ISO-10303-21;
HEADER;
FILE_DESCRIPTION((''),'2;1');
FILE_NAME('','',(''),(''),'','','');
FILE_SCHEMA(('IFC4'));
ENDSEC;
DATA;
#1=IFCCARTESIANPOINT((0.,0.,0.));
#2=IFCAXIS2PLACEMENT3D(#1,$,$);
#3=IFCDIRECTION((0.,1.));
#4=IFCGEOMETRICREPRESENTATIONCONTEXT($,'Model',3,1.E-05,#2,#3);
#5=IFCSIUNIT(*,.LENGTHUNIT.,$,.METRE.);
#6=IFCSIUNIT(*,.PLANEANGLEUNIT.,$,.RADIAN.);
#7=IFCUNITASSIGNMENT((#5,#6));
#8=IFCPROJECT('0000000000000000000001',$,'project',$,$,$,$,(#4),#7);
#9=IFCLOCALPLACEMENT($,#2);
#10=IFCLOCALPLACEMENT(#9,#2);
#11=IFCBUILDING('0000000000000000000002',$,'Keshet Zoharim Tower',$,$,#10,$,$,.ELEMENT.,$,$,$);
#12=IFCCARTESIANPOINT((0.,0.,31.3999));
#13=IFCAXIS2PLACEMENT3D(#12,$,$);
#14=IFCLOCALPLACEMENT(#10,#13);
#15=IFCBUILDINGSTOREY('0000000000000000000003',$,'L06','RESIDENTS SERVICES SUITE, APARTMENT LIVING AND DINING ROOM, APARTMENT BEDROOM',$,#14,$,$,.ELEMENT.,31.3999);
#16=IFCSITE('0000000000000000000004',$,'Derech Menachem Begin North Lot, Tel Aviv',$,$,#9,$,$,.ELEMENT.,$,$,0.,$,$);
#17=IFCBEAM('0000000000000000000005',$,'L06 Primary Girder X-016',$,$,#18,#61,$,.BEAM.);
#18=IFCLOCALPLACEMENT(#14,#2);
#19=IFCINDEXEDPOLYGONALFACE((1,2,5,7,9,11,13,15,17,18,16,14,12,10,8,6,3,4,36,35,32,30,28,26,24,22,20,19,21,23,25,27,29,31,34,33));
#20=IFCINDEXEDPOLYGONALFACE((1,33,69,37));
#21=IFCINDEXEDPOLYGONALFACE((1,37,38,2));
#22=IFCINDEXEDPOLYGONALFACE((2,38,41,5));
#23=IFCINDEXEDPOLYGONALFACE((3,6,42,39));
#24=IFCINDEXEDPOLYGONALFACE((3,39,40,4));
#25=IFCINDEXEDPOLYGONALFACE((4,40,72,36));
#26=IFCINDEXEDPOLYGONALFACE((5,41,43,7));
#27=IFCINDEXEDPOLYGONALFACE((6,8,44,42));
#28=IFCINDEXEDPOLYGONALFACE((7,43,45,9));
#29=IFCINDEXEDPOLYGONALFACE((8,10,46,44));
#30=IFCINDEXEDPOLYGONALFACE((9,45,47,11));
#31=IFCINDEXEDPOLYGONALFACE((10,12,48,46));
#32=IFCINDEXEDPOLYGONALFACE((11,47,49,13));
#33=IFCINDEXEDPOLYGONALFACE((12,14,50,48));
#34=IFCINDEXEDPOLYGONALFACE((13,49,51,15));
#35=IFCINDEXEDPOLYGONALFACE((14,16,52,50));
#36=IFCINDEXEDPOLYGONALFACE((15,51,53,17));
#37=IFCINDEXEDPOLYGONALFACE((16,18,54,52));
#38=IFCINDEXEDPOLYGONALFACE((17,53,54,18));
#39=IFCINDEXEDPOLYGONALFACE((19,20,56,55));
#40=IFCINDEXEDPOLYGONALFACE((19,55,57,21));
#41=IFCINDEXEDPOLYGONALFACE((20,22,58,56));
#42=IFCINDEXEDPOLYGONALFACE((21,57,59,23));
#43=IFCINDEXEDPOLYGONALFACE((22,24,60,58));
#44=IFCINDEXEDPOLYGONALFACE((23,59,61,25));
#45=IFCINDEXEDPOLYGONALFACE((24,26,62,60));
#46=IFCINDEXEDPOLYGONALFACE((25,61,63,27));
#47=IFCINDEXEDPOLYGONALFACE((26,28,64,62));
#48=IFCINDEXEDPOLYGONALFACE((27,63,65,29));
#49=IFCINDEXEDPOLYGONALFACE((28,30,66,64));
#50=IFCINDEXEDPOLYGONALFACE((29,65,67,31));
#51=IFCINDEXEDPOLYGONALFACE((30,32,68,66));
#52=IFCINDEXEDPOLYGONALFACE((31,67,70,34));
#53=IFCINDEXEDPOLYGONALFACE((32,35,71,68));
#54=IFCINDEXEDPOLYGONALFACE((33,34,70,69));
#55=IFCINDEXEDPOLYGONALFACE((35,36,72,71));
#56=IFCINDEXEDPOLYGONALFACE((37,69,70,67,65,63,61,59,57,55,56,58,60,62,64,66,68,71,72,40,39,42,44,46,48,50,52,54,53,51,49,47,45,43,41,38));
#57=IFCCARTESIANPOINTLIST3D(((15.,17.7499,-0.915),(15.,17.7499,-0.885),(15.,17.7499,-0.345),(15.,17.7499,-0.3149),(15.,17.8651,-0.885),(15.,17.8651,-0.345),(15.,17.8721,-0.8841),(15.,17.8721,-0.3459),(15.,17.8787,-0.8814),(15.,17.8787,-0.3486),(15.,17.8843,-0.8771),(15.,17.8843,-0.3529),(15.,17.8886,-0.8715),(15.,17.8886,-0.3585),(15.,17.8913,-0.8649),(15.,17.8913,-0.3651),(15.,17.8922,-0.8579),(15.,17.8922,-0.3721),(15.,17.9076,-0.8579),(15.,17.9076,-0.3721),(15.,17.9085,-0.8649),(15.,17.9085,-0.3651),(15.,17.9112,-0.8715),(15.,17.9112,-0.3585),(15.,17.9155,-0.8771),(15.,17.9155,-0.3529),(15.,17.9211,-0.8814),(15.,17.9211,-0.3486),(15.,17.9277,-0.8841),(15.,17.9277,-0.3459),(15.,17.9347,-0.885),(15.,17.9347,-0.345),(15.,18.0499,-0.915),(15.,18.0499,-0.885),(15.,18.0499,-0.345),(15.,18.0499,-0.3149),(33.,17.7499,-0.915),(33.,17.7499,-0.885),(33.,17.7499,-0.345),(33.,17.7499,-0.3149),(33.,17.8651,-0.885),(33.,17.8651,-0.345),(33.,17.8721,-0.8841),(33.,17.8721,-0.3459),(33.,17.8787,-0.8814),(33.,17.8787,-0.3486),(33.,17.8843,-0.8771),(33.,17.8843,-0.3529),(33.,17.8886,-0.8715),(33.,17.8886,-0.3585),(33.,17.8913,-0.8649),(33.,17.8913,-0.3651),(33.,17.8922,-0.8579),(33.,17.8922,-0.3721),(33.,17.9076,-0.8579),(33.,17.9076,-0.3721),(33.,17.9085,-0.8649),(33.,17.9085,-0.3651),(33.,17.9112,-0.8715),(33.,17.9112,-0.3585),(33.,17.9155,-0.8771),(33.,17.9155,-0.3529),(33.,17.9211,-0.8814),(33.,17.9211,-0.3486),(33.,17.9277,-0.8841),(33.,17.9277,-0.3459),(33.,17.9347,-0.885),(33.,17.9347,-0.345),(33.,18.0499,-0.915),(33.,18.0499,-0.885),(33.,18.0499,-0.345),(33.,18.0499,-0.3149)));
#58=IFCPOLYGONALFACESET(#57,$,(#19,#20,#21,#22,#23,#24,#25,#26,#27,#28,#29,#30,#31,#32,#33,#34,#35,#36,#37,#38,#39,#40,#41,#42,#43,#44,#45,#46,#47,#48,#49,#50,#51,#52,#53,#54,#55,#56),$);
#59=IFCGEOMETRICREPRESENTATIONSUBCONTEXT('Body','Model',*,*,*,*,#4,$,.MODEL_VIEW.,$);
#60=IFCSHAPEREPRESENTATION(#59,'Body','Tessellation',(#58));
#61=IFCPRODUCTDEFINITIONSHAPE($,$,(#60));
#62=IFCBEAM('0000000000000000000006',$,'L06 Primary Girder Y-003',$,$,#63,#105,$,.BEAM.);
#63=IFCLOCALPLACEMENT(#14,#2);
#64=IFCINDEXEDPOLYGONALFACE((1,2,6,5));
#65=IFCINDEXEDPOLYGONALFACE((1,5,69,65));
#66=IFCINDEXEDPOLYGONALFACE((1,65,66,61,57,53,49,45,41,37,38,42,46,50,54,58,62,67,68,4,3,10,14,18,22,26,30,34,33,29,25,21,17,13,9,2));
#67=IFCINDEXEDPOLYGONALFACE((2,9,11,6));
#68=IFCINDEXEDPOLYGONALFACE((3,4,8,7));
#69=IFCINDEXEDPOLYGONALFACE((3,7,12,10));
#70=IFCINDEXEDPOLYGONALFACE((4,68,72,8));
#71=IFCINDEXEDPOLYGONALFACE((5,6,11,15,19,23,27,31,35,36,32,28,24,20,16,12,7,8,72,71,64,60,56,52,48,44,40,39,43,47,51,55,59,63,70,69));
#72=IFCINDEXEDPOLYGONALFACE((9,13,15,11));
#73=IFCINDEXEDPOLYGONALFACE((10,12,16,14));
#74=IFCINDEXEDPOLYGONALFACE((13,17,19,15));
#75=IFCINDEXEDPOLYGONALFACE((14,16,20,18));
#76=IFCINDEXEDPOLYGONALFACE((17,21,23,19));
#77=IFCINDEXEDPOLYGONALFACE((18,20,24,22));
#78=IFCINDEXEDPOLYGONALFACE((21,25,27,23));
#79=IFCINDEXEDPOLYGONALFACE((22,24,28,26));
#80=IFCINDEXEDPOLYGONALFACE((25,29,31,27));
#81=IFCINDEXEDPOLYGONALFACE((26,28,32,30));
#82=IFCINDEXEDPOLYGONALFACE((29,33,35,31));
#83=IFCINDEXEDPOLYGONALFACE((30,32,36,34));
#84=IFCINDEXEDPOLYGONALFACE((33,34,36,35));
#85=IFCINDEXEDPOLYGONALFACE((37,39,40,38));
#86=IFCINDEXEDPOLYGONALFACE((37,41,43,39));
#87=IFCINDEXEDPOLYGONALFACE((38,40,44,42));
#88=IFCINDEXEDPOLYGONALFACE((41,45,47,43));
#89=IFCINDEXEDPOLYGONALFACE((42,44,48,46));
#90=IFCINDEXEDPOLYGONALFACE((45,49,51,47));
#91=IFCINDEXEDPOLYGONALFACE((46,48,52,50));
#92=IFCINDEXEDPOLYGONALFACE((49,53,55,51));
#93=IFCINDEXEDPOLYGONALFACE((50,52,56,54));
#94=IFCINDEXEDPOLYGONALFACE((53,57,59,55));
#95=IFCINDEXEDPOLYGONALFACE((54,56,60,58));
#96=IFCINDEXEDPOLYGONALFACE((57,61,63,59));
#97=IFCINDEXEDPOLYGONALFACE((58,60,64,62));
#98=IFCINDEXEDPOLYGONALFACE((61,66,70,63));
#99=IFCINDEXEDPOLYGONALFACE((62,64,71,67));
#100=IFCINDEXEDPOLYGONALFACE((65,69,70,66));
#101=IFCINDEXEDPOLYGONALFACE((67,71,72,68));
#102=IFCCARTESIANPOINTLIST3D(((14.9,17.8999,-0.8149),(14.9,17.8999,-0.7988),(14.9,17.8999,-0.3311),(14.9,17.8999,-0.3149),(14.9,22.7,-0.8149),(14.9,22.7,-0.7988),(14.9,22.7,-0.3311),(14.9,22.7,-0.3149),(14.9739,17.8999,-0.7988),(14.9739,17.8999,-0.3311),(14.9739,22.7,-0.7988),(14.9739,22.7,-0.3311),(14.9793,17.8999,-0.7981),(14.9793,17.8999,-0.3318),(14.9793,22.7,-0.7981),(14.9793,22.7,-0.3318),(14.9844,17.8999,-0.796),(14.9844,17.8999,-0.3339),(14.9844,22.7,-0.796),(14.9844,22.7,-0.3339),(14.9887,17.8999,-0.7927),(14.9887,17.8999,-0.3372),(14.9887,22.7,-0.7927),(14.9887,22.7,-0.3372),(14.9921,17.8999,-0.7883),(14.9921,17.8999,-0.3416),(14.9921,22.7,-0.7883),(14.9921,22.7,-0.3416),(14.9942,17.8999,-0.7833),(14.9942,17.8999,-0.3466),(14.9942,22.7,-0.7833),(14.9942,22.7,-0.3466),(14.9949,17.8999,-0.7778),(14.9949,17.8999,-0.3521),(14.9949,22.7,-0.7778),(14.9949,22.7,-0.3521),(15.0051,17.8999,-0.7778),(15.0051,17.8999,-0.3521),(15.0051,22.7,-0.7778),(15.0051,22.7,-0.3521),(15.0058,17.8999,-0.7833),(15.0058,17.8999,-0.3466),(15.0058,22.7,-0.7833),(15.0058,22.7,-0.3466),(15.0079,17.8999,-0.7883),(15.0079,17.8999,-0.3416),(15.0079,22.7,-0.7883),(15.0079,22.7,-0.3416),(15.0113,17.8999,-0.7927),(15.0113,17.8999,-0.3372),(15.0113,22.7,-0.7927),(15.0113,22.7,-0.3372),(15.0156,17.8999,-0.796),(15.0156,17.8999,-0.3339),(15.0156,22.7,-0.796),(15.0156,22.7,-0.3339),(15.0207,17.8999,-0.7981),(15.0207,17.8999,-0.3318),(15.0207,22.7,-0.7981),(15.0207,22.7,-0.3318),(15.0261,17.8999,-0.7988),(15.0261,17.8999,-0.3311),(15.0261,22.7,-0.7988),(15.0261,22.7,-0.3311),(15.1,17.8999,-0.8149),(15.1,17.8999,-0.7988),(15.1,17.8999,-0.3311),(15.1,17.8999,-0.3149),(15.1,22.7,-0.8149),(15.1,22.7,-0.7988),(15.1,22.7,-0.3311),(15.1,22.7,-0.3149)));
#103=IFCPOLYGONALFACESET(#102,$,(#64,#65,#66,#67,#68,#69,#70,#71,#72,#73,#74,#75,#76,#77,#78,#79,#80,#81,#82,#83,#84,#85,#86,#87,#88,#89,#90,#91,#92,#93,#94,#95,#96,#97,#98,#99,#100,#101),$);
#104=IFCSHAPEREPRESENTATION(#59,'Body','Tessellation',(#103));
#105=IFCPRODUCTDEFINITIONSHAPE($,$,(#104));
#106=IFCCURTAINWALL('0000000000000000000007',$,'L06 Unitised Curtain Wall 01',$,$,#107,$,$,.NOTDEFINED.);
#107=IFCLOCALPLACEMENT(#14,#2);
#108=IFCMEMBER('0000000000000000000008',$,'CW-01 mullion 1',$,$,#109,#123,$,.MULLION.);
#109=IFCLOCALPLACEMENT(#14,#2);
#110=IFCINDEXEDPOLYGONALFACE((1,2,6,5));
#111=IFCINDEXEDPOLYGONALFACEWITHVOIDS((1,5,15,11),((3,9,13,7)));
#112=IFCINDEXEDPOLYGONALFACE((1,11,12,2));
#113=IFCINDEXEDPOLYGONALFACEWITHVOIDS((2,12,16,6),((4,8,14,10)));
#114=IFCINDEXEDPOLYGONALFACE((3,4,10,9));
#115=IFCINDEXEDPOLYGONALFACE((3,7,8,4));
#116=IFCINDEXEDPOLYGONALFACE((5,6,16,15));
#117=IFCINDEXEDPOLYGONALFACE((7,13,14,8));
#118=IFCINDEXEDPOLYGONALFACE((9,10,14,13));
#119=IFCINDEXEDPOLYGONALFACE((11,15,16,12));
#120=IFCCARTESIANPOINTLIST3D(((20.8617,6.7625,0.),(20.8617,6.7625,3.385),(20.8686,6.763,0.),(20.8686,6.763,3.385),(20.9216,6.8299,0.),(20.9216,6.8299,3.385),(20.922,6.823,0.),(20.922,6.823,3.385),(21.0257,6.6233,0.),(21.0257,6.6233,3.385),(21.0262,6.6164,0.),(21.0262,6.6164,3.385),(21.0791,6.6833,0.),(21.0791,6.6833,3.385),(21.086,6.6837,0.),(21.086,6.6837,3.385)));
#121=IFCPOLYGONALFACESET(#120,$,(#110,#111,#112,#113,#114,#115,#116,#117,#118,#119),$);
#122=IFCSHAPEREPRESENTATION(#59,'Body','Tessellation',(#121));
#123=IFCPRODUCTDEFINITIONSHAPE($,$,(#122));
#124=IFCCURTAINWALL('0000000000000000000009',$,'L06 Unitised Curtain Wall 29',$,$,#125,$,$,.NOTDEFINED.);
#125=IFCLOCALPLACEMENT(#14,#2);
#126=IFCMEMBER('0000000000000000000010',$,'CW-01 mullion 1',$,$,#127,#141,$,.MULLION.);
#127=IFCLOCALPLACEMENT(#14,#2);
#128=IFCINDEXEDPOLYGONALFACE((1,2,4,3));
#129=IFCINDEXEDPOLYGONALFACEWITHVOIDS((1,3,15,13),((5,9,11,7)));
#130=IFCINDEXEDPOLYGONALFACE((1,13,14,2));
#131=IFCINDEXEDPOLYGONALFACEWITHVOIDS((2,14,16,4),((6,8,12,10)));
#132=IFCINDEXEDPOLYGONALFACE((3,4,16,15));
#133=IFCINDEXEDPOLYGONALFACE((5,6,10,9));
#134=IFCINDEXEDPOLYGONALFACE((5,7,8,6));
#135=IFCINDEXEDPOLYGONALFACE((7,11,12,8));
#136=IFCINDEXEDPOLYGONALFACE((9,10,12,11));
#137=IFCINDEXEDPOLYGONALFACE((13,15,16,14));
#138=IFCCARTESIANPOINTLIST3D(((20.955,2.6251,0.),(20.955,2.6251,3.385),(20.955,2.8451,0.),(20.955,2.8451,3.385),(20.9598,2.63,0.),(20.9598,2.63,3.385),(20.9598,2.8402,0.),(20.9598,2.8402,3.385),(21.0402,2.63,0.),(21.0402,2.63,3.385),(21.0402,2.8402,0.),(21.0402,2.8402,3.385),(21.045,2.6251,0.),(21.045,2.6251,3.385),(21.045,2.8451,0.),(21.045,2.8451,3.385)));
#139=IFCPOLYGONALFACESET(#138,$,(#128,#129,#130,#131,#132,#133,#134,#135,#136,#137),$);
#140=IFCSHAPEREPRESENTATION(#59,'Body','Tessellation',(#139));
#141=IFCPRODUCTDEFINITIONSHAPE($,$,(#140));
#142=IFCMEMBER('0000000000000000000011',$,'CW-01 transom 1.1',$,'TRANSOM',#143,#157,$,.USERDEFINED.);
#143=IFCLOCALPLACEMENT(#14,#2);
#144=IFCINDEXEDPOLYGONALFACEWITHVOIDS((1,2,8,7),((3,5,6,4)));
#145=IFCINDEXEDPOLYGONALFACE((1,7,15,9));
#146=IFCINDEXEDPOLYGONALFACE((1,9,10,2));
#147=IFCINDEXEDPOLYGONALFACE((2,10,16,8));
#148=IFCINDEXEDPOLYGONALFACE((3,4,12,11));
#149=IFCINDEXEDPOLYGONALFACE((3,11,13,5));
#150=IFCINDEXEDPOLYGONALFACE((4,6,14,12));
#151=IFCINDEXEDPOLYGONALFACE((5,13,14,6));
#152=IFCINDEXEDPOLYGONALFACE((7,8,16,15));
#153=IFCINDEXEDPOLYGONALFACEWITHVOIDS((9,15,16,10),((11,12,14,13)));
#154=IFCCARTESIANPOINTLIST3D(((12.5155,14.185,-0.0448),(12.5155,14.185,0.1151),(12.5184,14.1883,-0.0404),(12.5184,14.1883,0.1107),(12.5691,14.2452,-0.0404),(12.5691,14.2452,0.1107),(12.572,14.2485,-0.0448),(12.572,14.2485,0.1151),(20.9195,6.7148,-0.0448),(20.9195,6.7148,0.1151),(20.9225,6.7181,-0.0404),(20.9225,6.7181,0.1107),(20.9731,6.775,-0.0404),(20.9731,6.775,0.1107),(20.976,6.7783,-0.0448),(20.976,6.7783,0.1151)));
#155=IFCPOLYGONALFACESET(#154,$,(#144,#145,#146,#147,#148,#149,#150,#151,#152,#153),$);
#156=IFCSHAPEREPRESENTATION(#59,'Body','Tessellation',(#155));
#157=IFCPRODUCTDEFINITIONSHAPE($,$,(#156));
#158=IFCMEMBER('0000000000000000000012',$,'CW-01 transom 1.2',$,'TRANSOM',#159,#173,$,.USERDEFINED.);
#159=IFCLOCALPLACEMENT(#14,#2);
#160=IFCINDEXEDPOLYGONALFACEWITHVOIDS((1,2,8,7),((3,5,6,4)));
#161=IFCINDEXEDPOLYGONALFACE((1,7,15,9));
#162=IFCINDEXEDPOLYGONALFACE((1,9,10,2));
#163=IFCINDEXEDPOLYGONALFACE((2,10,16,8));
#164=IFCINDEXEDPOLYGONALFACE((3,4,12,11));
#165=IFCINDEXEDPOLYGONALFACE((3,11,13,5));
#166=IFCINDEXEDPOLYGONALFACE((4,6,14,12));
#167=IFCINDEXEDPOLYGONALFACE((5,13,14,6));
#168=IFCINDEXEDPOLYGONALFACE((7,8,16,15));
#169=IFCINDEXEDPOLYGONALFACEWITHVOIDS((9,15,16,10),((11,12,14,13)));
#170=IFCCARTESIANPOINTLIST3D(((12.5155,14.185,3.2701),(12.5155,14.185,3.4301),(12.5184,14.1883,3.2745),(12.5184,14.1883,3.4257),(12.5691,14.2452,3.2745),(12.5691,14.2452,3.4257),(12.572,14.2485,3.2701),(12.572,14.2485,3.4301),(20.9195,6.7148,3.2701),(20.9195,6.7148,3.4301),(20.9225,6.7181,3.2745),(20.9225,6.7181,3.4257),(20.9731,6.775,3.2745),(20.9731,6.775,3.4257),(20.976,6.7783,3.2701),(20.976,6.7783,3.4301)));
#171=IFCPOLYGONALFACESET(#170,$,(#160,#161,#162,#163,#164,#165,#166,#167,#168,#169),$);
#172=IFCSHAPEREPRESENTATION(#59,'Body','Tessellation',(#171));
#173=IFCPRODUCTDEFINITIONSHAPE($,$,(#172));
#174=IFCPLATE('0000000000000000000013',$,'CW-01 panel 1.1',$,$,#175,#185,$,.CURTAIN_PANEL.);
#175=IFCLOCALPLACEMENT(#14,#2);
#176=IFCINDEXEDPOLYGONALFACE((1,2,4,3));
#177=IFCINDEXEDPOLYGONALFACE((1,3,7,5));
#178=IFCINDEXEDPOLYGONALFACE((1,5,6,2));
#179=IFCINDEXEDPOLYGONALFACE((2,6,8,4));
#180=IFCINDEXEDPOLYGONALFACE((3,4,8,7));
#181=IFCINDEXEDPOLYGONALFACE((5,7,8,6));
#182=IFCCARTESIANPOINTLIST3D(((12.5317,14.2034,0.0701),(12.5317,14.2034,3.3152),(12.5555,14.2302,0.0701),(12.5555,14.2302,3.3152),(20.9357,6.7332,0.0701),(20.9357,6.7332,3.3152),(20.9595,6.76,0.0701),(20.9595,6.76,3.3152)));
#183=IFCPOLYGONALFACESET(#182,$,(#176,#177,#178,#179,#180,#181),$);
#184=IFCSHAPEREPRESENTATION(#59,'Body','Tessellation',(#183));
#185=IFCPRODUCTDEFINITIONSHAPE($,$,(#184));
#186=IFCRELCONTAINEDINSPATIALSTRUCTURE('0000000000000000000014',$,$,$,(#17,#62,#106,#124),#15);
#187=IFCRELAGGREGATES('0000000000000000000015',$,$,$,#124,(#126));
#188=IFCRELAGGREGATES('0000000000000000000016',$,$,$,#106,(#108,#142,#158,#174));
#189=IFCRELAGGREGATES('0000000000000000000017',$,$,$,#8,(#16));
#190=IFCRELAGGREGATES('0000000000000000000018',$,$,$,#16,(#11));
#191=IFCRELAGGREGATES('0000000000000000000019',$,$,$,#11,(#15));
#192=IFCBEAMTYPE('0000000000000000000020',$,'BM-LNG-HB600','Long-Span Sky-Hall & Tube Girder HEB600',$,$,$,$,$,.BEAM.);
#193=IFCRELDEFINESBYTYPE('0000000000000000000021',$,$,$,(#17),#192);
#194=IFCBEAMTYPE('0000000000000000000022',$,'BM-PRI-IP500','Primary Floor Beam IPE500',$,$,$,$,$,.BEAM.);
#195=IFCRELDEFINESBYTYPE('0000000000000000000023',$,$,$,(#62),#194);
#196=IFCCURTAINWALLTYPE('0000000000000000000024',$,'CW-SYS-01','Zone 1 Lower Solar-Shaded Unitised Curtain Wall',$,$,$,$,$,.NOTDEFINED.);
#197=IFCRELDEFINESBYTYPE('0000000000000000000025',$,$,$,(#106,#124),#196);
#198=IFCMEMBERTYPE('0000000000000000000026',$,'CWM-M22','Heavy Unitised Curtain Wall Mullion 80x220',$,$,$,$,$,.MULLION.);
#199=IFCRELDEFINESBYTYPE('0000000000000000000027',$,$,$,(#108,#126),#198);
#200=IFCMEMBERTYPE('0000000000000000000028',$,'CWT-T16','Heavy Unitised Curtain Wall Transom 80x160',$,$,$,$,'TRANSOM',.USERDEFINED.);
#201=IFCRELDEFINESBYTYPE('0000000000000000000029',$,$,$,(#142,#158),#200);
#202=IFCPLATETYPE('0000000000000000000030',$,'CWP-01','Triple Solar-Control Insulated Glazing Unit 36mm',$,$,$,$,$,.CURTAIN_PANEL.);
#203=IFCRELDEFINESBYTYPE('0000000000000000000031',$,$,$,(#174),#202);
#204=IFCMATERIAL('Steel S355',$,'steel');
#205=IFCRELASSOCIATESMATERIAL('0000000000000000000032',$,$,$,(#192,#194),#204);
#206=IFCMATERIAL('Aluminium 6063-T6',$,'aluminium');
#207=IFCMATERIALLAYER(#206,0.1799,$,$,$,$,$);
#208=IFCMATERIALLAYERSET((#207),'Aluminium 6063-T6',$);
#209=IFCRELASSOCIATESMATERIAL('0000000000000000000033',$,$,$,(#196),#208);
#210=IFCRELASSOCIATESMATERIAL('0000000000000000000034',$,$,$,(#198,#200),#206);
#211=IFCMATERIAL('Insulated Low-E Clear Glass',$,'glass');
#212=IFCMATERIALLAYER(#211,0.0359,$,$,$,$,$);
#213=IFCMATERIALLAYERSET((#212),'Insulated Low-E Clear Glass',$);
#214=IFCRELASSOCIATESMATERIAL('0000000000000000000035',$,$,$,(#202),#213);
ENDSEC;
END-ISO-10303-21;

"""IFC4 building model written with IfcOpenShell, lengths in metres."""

from ifc_helpers import new_model, si_unit, direction, frame, origin, origin_2d, place, context, subcontext, project, spatial, rectangle, hollow_rectangle, i_section, extrude, material, layer, layer_set, material_profile, profile_set, type_object, element, aggregate, save


model = new_model("IFC4")

# Units and contexts
model_context = context("Model", 3, precision=1e-05, world=origin(), true_north=direction((0.0, 1.0)))
body_context = subcontext(model_context, "Body", "Model", "MODEL_VIEW")
ifc_project = project(units=[si_unit("LENGTHUNIT", "METRE"), si_unit("PLANEANGLEUNIT", "RADIAN")], contexts=[model_context])

# Site, building, storey
site_placement = place(None, origin())
site = spatial("IfcSite", under=ifc_project, at=site_placement, Name="Derech Menachem Begin North Lot, Tel Aviv", CompositionType="ELEMENT", RefElevation=0.0)
building_placement = place(site_placement, origin())
building = spatial("IfcBuilding", under=site, at=building_placement, Name="Keshet Zoharim Tower", CompositionType="ELEMENT")
storey_placement = place(building_placement, frame((0.0, 0.0, 31.3999)))
storey = spatial("IfcBuildingStorey", under=building, at=storey_placement, Name="L06", Description="RESIDENTS SERVICES SUITE, APARTMENT LIVING AND DINING ROOM, APARTMENT BEDROOM", CompositionType="ELEMENT", Elevation=31.3999)

# Beams
ifc_material_1 = material(Name="Steel S355", Category="steel")
ifc_material_profile_1 = material_profile(ifc_material_1, i_section(OverallWidth=0.3, OverallDepth=0.6001, WebThickness=0.0154, FlangeThickness=0.03, FilletRadius=0.0271, at=origin_2d()), Name="HEB600")
ifc_profile_set_1 = profile_set([ifc_material_profile_1], Name="Steel S355")
beam_type_1 = type_object("IfcBeamType", Name="BM-LNG-HB600", Description="Long-Span Sky-Hall & Tube Girder HEB600", PredefinedType="BEAM", material=ifc_profile_set_1)
beam_1_placement = place(storey_placement, frame((15.0, 17.8999, -0.615), z_axis=(1.0, 0.0, 0.0), x_axis=(0.0, 1.0, 0.0)))
element("IfcBeam", 1, at=beam_1_placement, inside=storey, type_object=beam_type_1, Name="L06 Primary Girder X-016", PredefinedType="BEAM", context=body_context, shape_type="SweptSolid", body=[
    extrude(i_section(OverallWidth=0.3, OverallDepth=0.6001, WebThickness=0.0154, FlangeThickness=0.03, FilletRadius=0.0271, at=origin_2d()), origin(), (0.0, 0.0, 1.0), 18.0),
])
ifc_material_profile_2 = material_profile(ifc_material_1, i_section(OverallWidth=0.2, OverallDepth=0.5, WebThickness=0.0103, FlangeThickness=0.0161, FilletRadius=0.021, at=origin_2d()), Name="IPE500")
ifc_profile_set_2 = profile_set([ifc_material_profile_2], Name="Steel S355")
beam_type_2 = type_object("IfcBeamType", Name="BM-PRI-IP500", Description="Primary Floor Beam IPE500", PredefinedType="BEAM", material=ifc_profile_set_2)
beam_2_placement = place(storey_placement, frame((15.0, 17.8999, -0.5649), z_axis=(0.0, 1.0, 0.0), x_axis=(-1.0, 0.0, 0.0)))
element("IfcBeam", 2, at=beam_2_placement, inside=storey, type_object=beam_type_2, Name="L06 Primary Girder Y-003", PredefinedType="BEAM", context=body_context, shape_type="SweptSolid", body=[
    extrude(i_section(OverallWidth=0.2, OverallDepth=0.5, WebThickness=0.0103, FlangeThickness=0.0161, FilletRadius=0.021, at=origin_2d()), origin(), (0.0, 0.0, 1.0), 4.8),
])

# Curtain walls, members
ifc_material_2 = material(Name="Aluminium 6063-T6", Category="aluminium")
ifc_layer_1 = layer(ifc_material_2, 0.1799)
ifc_layer_set_1 = layer_set([ifc_layer_1], Name="Aluminium 6063-T6")
curtain_wall_type = type_object("IfcCurtainWallType", Name="CW-SYS-01", Description="Zone 1 Lower Solar-Shaded Unitised Curtain Wall", PredefinedType="NOTDEFINED", material=ifc_layer_set_1)
curtain_wall_1_placement = place(storey_placement, origin())
curtain_wall_1 = element("IfcCurtainWall", 3, at=curtain_wall_1_placement, inside=storey, type_object=curtain_wall_type, Name="L06 Unitised Curtain Wall 01", PredefinedType="NOTDEFINED")
ifc_material_profile_3 = material_profile(ifc_material_2, hollow_rectangle(XDim=0.0901, YDim=0.22, WallThickness=0.0049, at=origin_2d()), Name="MUL-90x220")
ifc_profile_set_3 = profile_set([ifc_material_profile_3], Name="Aluminium 6063-T6")
member_type_1 = type_object("IfcMemberType", Name="CWM-M22", Description="Heavy Unitised Curtain Wall Mullion 80x220", PredefinedType="MULLION", material=ifc_profile_set_3)
member_1_placement = place(storey_placement, frame((20.9739, 6.7231, 0.0), z_axis=(0.0, 0.0, 1.0), x_axis=(-0.664364, -0.747409, 0.0)))
member_1 = element("IfcMember", 4, at=member_1_placement, type_object=member_type_1, Name="CW-01 mullion 1", PredefinedType="MULLION", context=body_context, shape_type="SweptSolid", body=[
    extrude(hollow_rectangle(XDim=0.0901, YDim=0.22, WallThickness=0.0049, at=origin_2d()), origin(), (0.0, 0.0, 1.0), 3.385),
])
curtain_wall_2_placement = place(storey_placement, origin())
curtain_wall_2 = element("IfcCurtainWall", 5, at=curtain_wall_2_placement, inside=storey, type_object=curtain_wall_type, Name="L06 Unitised Curtain Wall 29", PredefinedType="NOTDEFINED")
member_2_placement = place(storey_placement, frame((21.0, 2.7351, 0.0), z_axis=(0.0, 0.0, 1.0), x_axis=(-1.0, 0.0, 0.0)))
member_2 = element("IfcMember", 6, at=member_2_placement, type_object=member_type_1, Name="CW-01 mullion 1", PredefinedType="MULLION", context=body_context, shape_type="SweptSolid", body=[
    extrude(hollow_rectangle(XDim=0.0901, YDim=0.22, WallThickness=0.0049, at=origin_2d()), origin(), (0.0, 0.0, 1.0), 3.385),
])
aggregate(curtain_wall_2, [member_2])

# Members
ifc_material_profile_4 = material_profile(ifc_material_2, hollow_rectangle(XDim=0.085, YDim=0.1599, WallThickness=0.0044, at=origin_2d()), Name="TRN-85x160")
ifc_profile_set_4 = profile_set([ifc_material_profile_4], Name="Aluminium 6063-T6")
member_type_2 = type_object("IfcMemberType", Name="CWT-T16", Description="Heavy Unitised Curtain Wall Transom 80x160", ElementType="TRANSOM", PredefinedType="USERDEFINED", material=ifc_profile_set_4)
member_3_placement = place(storey_placement, frame((20.9478, 6.7466, 0.0352), z_axis=(-0.747412, 0.664361, 0.0), x_axis=(-0.664361, -0.747412, 0.0)))
member_3 = element("IfcMember", 7, at=member_3_placement, type_object=member_type_2, Name="CW-01 transom 1.1", ObjectType="TRANSOM", PredefinedType="USERDEFINED", context=body_context, shape_type="SweptSolid", body=[
    extrude(hollow_rectangle(XDim=0.085, YDim=0.1599, WallThickness=0.0044, at=origin_2d()), origin(), (0.0, 0.0, 1.0), 11.2441),
])
member_4_placement = place(storey_placement, frame((20.9478, 6.7466, 3.3501), z_axis=(-0.747412, 0.664361, 0.0), x_axis=(-0.664361, -0.747412, 0.0)))
member_4 = element("IfcMember", 8, at=member_4_placement, type_object=member_type_2, Name="CW-01 transom 1.2", ObjectType="TRANSOM", PredefinedType="USERDEFINED", context=body_context, shape_type="SweptSolid", body=[
    extrude(hollow_rectangle(XDim=0.085, YDim=0.1599, WallThickness=0.0044, at=origin_2d()), origin(), (0.0, 0.0, 1.0), 11.2441),
])

# Plate
ifc_material_3 = material(Name="Insulated Low-E Clear Glass", Category="glass")
ifc_layer_2 = layer(ifc_material_3, 0.0359)
ifc_layer_set_2 = layer_set([ifc_layer_2], Name="Insulated Low-E Clear Glass")
plate_type = type_object("IfcPlateType", Name="CWP-01", Description="Triple Solar-Control Insulated Glazing Unit 36mm", PredefinedType="CURTAIN_PANEL", material=ifc_layer_set_2)
plate_placement = place(storey_placement, frame((16.7456, 10.4817, 0.0701), z_axis=(0.0, 0.0, 1.0), x_axis=(-0.747409, 0.664364, 0.0)))
plate = element("IfcPlate", 9, at=plate_placement, type_object=plate_type, Name="CW-01 panel 1.1", PredefinedType="CURTAIN_PANEL", context=body_context, shape_type="SweptSolid", body=[
    extrude(rectangle(XDim=11.2441, YDim=0.0359, at=origin_2d()), origin(), (0.0, 0.0, 1.0), 3.2451),
])
aggregate(curtain_wall_1, [member_1, member_3, member_4, plate])

save(model, "model.ifc")
